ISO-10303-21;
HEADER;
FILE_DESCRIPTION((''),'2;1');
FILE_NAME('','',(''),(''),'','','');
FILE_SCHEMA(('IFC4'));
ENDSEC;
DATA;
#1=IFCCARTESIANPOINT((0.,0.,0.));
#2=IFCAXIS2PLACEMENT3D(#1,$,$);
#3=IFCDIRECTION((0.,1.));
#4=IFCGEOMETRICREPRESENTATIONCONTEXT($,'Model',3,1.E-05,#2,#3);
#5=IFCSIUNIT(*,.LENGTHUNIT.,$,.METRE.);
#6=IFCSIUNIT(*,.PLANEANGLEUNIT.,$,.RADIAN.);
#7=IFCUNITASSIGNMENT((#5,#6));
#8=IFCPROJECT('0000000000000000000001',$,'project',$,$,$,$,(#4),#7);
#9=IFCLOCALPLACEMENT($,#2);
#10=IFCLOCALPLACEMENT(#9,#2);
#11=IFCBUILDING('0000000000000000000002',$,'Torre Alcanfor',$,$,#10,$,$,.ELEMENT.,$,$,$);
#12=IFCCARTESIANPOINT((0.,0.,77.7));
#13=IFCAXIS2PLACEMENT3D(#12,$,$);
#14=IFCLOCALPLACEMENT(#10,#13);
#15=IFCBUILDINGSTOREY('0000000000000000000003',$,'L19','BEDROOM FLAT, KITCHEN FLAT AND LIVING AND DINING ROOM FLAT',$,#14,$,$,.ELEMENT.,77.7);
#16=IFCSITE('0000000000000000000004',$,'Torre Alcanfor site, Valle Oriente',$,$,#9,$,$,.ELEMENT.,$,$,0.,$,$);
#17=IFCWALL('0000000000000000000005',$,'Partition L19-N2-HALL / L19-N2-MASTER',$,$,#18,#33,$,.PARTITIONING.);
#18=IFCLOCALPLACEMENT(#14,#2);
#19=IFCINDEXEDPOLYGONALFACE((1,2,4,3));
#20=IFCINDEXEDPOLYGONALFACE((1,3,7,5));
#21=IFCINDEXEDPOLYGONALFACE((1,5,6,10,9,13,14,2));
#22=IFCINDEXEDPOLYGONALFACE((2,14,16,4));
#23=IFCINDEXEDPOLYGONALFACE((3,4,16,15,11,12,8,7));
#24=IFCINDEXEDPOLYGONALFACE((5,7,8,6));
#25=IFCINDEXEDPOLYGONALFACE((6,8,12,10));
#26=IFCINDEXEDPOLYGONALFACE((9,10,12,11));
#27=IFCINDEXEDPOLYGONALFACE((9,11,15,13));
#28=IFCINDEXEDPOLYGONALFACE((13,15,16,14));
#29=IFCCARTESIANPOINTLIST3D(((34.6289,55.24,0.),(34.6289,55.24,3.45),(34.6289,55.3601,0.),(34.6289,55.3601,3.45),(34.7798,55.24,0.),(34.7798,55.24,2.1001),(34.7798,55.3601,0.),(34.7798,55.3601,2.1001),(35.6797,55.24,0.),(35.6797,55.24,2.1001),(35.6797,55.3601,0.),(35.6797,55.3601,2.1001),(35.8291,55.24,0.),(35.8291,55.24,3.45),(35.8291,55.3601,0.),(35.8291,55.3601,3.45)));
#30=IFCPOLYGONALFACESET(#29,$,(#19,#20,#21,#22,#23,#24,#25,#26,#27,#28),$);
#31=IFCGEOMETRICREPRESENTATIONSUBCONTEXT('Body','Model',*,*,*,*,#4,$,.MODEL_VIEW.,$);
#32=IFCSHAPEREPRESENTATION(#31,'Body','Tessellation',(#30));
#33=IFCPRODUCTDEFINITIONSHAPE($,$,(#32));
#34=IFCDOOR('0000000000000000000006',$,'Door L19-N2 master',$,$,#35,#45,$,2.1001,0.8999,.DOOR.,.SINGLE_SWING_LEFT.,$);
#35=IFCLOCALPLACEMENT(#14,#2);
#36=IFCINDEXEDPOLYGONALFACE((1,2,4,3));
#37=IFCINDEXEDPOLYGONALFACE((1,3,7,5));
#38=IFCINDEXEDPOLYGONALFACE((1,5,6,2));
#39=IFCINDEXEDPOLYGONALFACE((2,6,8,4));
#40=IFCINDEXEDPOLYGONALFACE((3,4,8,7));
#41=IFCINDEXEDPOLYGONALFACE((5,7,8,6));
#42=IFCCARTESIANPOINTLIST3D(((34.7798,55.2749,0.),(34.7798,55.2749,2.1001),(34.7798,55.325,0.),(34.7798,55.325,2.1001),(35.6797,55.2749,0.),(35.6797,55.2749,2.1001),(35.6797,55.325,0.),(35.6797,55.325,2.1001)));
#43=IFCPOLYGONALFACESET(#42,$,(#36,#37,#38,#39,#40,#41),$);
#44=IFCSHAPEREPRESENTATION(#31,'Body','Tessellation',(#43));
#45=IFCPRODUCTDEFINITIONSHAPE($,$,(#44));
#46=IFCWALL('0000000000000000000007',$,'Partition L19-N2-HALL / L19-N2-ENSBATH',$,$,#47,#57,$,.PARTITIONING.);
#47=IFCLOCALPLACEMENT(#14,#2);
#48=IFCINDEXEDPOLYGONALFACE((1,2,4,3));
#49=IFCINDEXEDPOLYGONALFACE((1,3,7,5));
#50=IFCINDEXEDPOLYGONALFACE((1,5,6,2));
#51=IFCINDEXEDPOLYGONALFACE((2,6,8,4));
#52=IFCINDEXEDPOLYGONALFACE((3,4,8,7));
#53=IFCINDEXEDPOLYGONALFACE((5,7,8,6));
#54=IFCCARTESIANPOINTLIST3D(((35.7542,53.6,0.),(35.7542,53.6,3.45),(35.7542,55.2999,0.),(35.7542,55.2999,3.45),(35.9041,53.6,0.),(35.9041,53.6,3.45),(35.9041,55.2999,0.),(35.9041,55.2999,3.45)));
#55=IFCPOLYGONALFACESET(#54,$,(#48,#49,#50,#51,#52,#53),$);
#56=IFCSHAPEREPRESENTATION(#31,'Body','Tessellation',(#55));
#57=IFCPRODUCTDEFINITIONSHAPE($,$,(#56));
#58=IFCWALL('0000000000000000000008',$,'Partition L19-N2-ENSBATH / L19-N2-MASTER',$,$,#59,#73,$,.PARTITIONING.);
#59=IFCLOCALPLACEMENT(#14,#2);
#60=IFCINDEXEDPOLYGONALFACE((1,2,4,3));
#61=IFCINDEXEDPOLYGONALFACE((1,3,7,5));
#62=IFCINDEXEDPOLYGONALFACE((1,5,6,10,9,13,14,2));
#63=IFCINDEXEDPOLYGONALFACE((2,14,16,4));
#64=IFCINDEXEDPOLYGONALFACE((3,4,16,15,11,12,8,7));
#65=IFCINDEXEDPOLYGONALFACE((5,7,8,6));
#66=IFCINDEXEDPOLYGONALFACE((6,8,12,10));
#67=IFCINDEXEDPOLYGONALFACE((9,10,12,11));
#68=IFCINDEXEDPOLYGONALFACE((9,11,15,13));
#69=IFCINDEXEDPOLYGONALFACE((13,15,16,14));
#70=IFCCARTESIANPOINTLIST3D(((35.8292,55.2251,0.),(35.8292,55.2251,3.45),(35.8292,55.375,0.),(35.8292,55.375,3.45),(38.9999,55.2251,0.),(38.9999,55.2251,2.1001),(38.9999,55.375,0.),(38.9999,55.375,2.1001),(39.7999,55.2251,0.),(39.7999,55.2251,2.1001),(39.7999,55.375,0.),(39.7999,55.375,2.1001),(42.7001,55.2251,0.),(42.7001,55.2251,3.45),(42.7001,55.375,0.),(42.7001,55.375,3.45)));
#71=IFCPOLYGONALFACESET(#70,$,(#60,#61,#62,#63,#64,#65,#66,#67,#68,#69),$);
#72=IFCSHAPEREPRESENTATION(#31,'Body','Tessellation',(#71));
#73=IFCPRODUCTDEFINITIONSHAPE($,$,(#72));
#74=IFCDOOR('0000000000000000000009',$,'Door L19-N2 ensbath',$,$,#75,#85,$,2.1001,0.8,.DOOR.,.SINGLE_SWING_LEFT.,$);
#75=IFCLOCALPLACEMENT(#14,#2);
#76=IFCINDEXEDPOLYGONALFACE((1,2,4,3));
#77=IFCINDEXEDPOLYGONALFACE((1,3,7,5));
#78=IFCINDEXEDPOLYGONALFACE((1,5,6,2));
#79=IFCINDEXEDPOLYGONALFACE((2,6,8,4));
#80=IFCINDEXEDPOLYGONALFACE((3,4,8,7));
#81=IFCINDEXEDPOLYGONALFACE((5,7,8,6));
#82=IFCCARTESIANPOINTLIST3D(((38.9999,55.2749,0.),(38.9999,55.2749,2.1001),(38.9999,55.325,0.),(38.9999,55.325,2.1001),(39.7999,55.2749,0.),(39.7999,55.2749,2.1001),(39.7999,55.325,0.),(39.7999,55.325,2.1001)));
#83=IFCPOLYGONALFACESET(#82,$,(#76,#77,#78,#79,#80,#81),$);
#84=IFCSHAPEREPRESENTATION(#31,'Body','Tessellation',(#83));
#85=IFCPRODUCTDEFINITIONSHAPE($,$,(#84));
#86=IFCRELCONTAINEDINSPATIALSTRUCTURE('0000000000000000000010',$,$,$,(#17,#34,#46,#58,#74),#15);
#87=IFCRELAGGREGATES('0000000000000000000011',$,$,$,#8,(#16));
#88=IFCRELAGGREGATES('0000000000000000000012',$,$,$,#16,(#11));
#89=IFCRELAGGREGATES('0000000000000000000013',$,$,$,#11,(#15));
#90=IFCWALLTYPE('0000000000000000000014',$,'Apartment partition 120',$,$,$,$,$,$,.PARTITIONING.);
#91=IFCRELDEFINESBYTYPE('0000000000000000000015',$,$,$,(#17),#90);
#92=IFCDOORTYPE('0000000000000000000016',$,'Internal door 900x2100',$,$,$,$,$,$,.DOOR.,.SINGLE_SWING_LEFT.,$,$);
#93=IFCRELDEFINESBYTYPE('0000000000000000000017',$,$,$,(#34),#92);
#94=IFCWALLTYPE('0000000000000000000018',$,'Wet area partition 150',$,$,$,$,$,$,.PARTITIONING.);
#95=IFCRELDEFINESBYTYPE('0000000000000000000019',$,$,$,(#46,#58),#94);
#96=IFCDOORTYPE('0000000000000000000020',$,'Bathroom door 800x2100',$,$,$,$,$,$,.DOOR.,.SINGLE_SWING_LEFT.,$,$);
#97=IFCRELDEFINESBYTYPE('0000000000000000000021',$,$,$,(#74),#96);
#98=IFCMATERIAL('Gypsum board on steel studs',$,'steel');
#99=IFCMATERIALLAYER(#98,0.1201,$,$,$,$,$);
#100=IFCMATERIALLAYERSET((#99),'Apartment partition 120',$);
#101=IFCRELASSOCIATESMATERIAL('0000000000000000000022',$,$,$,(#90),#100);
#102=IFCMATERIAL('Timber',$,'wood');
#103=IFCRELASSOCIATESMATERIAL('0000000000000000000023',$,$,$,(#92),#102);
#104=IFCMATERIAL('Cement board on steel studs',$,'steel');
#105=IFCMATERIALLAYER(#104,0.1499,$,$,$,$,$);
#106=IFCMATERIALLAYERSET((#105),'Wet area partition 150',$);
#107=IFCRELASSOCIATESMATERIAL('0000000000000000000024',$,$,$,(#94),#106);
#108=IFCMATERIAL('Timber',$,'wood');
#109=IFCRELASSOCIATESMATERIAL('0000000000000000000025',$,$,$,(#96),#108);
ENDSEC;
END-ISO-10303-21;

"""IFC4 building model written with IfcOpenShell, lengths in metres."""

from ifc_helpers import new_model, si_unit, direction, frame, frame_2d, origin, place, context, subcontext, project, spatial, rectangle, extrude, material, layer, layer_set, type_object, element, fill, save


model = new_model("IFC4")

# Units and contexts
model_context = context("Model", 3, precision=1e-05, world=origin(), true_north=direction((0.0, 1.0)))
body_context = subcontext(model_context, "Body", "Model", "MODEL_VIEW")
ifc_project = project(units=[si_unit("LENGTHUNIT", "METRE"), si_unit("PLANEANGLEUNIT", "RADIAN")], contexts=[model_context])

# Site, building, storey
site_placement = place(None, origin())
site = spatial("IfcSite", under=ifc_project, at=site_placement, Name="Torre Alcanfor site, Valle Oriente", CompositionType="ELEMENT", RefElevation=0.0)
building_placement = place(site_placement, origin())
building = spatial("IfcBuilding", under=site, at=building_placement, Name="Torre Alcanfor", CompositionType="ELEMENT")
storey_placement = place(building_placement, frame((0.0, 0.0, 77.7)))
storey = spatial("IfcBuildingStorey", under=building, at=storey_placement, Name="L19", Description="BEDROOM FLAT, KITCHEN FLAT AND LIVING AND DINING ROOM FLAT", CompositionType="ELEMENT", Elevation=77.7)

# Shared definitions
ifc_material_1 = material(Name="Gypsum board on steel studs", Category="steel")
ifc_layer_1 = layer(ifc_material_1, 0.1201)
ifc_layer_set_1 = layer_set([ifc_layer_1], Name="Apartment partition 120")
wall_type_1 = type_object("IfcWallType", Name="Apartment partition 120", PredefinedType="PARTITIONING", material=ifc_layer_set_1)

# Wall, opening, door
wall_1_placement = place(storey_placement, frame((34.6289, 55.3, 0.0), z_axis=(0.0, 0.0, 1.0), x_axis=(1.0, 0.0, 0.0)))
wall_1 = element("IfcWall", 1, at=wall_1_placement, inside=storey, type_object=wall_type_1, Name="Partition L19-N2-HALL / L19-N2-MASTER", PredefinedType="PARTITIONING", context=body_context, shape_type="SweptSolid", body=[
    extrude(rectangle(XDim=1.2002, YDim=0.1201, at=frame_2d((0.6001, 0.0))), origin(), (0.0, 0.0, 1.0), 3.45),
])
opening_1_placement = place(wall_1_placement, frame((0.1509, 0.0, 0.0)))
opening_1 = element("IfcOpeningElement", 2, at=opening_1_placement, cuts=wall_1, PredefinedType="OPENING", context=body_context, shape_type="SweptSolid", body=[
    extrude(rectangle(XDim=0.8999, YDim=2.1001, at=frame_2d((0.45, 1.05))), frame((0.0, 0.0701, 0.0), z_axis=(0.0, -1.0, 0.0), x_axis=(1.0, 0.0, 0.0)), (0.0, 0.0, 1.0), 0.1401),
])
ifc_material_2 = material(Name="Timber", Category="wood")
door_type_1 = type_object("IfcDoorType", Name="Internal door 900x2100", OperationType="SINGLE_SWING_LEFT", PredefinedType="DOOR", material=ifc_material_2)
door_1_placement = place(opening_1_placement, origin())
door_1 = element("IfcDoor", 3, at=door_1_placement, inside=storey, type_object=door_type_1, Name="Door L19-N2 master", OperationType="SINGLE_SWING_LEFT", OverallHeight=2.1001, OverallWidth=0.8999, PredefinedType="DOOR", context=body_context, shape_type="SweptSolid", body=[
    extrude(rectangle(XDim=0.8999, YDim=2.1001, at=frame_2d((0.45, 1.05))), frame((0.0, 0.0249, 0.0), z_axis=(0.0, -1.0, 0.0), x_axis=(1.0, 0.0, 0.0)), (0.0, 0.0, 1.0), 0.05),
])
fill(opening_1, door_1)

# Wall
ifc_material_3 = material(Name="Cement board on steel studs", Category="steel")
ifc_layer_2 = layer(ifc_material_3, 0.1499)
ifc_layer_set_2 = layer_set([ifc_layer_2], Name="Wet area partition 150")
wall_type_2 = type_object("IfcWallType", Name="Wet area partition 150", PredefinedType="PARTITIONING", material=ifc_layer_set_2)
wall_2_placement = place(storey_placement, frame((35.8291, 55.3, 0.0), z_axis=(0.0, 0.0, 1.0), x_axis=(0.0, -1.0, 0.0)))
element("IfcWall", 4, at=wall_2_placement, inside=storey, type_object=wall_type_2, Name="Partition L19-N2-HALL / L19-N2-ENSBATH", PredefinedType="PARTITIONING", context=body_context, shape_type="SweptSolid", body=[
    extrude(rectangle(XDim=1.7, YDim=0.1499, at=frame_2d((0.8501, 0.0))), origin(), (0.0, 0.0, 1.0), 3.45),
])

# Wall, opening, door
wall_3_placement = place(storey_placement, frame((35.8291, 55.3, 0.0), z_axis=(0.0, 0.0, 1.0), x_axis=(1.0, 0.0, 0.0)))
wall_3 = element("IfcWall", 5, at=wall_3_placement, inside=storey, type_object=wall_type_2, Name="Partition L19-N2-ENSBATH / L19-N2-MASTER", PredefinedType="PARTITIONING", context=body_context, shape_type="SweptSolid", body=[
    extrude(rectangle(XDim=6.8708, YDim=0.1499, at=frame_2d((3.4355, 0.0))), origin(), (0.0, 0.0, 1.0), 3.45),
])
opening_2_placement = place(wall_3_placement, frame((3.1709, 0.0, 0.0)))
opening_2 = element("IfcOpeningElement", 6, at=opening_2_placement, cuts=wall_3, PredefinedType="OPENING", context=body_context, shape_type="SweptSolid", body=[
    extrude(rectangle(XDim=0.8, YDim=2.1001, at=frame_2d((0.3999, 1.05))), frame((0.0, 0.085, 0.0), z_axis=(0.0, -1.0, 0.0), x_axis=(1.0, 0.0, 0.0)), (0.0, 0.0, 1.0), 0.1699),
])
ifc_material_4 = material(Name="Timber", Category="wood")
door_type_2 = type_object("IfcDoorType", Name="Bathroom door 800x2100", OperationType="SINGLE_SWING_LEFT", PredefinedType="DOOR", material=ifc_material_4)
door_2_placement = place(opening_2_placement, frame((0.8, 0.0, 0.0), z_axis=(0.0, 0.0, 1.0), x_axis=(-1.0, 0.0, 0.0)))
door_2 = element("IfcDoor", 7, at=door_2_placement, inside=storey, type_object=door_type_2, Name="Door L19-N2 ensbath", OperationType="SINGLE_SWING_LEFT", OverallHeight=2.1001, OverallWidth=0.8, PredefinedType="DOOR", context=body_context, shape_type="SweptSolid", body=[
    extrude(rectangle(XDim=0.8, YDim=2.1001, at=frame_2d((0.4001, 1.05))), frame((0.0, 0.0251, 0.0), z_axis=(0.0, -1.0, 0.0), x_axis=(1.0, 0.0, 0.0)), (0.0, 0.0, 1.0), 0.05),
])
fill(opening_2, door_2)

save(model, "model.ifc")
